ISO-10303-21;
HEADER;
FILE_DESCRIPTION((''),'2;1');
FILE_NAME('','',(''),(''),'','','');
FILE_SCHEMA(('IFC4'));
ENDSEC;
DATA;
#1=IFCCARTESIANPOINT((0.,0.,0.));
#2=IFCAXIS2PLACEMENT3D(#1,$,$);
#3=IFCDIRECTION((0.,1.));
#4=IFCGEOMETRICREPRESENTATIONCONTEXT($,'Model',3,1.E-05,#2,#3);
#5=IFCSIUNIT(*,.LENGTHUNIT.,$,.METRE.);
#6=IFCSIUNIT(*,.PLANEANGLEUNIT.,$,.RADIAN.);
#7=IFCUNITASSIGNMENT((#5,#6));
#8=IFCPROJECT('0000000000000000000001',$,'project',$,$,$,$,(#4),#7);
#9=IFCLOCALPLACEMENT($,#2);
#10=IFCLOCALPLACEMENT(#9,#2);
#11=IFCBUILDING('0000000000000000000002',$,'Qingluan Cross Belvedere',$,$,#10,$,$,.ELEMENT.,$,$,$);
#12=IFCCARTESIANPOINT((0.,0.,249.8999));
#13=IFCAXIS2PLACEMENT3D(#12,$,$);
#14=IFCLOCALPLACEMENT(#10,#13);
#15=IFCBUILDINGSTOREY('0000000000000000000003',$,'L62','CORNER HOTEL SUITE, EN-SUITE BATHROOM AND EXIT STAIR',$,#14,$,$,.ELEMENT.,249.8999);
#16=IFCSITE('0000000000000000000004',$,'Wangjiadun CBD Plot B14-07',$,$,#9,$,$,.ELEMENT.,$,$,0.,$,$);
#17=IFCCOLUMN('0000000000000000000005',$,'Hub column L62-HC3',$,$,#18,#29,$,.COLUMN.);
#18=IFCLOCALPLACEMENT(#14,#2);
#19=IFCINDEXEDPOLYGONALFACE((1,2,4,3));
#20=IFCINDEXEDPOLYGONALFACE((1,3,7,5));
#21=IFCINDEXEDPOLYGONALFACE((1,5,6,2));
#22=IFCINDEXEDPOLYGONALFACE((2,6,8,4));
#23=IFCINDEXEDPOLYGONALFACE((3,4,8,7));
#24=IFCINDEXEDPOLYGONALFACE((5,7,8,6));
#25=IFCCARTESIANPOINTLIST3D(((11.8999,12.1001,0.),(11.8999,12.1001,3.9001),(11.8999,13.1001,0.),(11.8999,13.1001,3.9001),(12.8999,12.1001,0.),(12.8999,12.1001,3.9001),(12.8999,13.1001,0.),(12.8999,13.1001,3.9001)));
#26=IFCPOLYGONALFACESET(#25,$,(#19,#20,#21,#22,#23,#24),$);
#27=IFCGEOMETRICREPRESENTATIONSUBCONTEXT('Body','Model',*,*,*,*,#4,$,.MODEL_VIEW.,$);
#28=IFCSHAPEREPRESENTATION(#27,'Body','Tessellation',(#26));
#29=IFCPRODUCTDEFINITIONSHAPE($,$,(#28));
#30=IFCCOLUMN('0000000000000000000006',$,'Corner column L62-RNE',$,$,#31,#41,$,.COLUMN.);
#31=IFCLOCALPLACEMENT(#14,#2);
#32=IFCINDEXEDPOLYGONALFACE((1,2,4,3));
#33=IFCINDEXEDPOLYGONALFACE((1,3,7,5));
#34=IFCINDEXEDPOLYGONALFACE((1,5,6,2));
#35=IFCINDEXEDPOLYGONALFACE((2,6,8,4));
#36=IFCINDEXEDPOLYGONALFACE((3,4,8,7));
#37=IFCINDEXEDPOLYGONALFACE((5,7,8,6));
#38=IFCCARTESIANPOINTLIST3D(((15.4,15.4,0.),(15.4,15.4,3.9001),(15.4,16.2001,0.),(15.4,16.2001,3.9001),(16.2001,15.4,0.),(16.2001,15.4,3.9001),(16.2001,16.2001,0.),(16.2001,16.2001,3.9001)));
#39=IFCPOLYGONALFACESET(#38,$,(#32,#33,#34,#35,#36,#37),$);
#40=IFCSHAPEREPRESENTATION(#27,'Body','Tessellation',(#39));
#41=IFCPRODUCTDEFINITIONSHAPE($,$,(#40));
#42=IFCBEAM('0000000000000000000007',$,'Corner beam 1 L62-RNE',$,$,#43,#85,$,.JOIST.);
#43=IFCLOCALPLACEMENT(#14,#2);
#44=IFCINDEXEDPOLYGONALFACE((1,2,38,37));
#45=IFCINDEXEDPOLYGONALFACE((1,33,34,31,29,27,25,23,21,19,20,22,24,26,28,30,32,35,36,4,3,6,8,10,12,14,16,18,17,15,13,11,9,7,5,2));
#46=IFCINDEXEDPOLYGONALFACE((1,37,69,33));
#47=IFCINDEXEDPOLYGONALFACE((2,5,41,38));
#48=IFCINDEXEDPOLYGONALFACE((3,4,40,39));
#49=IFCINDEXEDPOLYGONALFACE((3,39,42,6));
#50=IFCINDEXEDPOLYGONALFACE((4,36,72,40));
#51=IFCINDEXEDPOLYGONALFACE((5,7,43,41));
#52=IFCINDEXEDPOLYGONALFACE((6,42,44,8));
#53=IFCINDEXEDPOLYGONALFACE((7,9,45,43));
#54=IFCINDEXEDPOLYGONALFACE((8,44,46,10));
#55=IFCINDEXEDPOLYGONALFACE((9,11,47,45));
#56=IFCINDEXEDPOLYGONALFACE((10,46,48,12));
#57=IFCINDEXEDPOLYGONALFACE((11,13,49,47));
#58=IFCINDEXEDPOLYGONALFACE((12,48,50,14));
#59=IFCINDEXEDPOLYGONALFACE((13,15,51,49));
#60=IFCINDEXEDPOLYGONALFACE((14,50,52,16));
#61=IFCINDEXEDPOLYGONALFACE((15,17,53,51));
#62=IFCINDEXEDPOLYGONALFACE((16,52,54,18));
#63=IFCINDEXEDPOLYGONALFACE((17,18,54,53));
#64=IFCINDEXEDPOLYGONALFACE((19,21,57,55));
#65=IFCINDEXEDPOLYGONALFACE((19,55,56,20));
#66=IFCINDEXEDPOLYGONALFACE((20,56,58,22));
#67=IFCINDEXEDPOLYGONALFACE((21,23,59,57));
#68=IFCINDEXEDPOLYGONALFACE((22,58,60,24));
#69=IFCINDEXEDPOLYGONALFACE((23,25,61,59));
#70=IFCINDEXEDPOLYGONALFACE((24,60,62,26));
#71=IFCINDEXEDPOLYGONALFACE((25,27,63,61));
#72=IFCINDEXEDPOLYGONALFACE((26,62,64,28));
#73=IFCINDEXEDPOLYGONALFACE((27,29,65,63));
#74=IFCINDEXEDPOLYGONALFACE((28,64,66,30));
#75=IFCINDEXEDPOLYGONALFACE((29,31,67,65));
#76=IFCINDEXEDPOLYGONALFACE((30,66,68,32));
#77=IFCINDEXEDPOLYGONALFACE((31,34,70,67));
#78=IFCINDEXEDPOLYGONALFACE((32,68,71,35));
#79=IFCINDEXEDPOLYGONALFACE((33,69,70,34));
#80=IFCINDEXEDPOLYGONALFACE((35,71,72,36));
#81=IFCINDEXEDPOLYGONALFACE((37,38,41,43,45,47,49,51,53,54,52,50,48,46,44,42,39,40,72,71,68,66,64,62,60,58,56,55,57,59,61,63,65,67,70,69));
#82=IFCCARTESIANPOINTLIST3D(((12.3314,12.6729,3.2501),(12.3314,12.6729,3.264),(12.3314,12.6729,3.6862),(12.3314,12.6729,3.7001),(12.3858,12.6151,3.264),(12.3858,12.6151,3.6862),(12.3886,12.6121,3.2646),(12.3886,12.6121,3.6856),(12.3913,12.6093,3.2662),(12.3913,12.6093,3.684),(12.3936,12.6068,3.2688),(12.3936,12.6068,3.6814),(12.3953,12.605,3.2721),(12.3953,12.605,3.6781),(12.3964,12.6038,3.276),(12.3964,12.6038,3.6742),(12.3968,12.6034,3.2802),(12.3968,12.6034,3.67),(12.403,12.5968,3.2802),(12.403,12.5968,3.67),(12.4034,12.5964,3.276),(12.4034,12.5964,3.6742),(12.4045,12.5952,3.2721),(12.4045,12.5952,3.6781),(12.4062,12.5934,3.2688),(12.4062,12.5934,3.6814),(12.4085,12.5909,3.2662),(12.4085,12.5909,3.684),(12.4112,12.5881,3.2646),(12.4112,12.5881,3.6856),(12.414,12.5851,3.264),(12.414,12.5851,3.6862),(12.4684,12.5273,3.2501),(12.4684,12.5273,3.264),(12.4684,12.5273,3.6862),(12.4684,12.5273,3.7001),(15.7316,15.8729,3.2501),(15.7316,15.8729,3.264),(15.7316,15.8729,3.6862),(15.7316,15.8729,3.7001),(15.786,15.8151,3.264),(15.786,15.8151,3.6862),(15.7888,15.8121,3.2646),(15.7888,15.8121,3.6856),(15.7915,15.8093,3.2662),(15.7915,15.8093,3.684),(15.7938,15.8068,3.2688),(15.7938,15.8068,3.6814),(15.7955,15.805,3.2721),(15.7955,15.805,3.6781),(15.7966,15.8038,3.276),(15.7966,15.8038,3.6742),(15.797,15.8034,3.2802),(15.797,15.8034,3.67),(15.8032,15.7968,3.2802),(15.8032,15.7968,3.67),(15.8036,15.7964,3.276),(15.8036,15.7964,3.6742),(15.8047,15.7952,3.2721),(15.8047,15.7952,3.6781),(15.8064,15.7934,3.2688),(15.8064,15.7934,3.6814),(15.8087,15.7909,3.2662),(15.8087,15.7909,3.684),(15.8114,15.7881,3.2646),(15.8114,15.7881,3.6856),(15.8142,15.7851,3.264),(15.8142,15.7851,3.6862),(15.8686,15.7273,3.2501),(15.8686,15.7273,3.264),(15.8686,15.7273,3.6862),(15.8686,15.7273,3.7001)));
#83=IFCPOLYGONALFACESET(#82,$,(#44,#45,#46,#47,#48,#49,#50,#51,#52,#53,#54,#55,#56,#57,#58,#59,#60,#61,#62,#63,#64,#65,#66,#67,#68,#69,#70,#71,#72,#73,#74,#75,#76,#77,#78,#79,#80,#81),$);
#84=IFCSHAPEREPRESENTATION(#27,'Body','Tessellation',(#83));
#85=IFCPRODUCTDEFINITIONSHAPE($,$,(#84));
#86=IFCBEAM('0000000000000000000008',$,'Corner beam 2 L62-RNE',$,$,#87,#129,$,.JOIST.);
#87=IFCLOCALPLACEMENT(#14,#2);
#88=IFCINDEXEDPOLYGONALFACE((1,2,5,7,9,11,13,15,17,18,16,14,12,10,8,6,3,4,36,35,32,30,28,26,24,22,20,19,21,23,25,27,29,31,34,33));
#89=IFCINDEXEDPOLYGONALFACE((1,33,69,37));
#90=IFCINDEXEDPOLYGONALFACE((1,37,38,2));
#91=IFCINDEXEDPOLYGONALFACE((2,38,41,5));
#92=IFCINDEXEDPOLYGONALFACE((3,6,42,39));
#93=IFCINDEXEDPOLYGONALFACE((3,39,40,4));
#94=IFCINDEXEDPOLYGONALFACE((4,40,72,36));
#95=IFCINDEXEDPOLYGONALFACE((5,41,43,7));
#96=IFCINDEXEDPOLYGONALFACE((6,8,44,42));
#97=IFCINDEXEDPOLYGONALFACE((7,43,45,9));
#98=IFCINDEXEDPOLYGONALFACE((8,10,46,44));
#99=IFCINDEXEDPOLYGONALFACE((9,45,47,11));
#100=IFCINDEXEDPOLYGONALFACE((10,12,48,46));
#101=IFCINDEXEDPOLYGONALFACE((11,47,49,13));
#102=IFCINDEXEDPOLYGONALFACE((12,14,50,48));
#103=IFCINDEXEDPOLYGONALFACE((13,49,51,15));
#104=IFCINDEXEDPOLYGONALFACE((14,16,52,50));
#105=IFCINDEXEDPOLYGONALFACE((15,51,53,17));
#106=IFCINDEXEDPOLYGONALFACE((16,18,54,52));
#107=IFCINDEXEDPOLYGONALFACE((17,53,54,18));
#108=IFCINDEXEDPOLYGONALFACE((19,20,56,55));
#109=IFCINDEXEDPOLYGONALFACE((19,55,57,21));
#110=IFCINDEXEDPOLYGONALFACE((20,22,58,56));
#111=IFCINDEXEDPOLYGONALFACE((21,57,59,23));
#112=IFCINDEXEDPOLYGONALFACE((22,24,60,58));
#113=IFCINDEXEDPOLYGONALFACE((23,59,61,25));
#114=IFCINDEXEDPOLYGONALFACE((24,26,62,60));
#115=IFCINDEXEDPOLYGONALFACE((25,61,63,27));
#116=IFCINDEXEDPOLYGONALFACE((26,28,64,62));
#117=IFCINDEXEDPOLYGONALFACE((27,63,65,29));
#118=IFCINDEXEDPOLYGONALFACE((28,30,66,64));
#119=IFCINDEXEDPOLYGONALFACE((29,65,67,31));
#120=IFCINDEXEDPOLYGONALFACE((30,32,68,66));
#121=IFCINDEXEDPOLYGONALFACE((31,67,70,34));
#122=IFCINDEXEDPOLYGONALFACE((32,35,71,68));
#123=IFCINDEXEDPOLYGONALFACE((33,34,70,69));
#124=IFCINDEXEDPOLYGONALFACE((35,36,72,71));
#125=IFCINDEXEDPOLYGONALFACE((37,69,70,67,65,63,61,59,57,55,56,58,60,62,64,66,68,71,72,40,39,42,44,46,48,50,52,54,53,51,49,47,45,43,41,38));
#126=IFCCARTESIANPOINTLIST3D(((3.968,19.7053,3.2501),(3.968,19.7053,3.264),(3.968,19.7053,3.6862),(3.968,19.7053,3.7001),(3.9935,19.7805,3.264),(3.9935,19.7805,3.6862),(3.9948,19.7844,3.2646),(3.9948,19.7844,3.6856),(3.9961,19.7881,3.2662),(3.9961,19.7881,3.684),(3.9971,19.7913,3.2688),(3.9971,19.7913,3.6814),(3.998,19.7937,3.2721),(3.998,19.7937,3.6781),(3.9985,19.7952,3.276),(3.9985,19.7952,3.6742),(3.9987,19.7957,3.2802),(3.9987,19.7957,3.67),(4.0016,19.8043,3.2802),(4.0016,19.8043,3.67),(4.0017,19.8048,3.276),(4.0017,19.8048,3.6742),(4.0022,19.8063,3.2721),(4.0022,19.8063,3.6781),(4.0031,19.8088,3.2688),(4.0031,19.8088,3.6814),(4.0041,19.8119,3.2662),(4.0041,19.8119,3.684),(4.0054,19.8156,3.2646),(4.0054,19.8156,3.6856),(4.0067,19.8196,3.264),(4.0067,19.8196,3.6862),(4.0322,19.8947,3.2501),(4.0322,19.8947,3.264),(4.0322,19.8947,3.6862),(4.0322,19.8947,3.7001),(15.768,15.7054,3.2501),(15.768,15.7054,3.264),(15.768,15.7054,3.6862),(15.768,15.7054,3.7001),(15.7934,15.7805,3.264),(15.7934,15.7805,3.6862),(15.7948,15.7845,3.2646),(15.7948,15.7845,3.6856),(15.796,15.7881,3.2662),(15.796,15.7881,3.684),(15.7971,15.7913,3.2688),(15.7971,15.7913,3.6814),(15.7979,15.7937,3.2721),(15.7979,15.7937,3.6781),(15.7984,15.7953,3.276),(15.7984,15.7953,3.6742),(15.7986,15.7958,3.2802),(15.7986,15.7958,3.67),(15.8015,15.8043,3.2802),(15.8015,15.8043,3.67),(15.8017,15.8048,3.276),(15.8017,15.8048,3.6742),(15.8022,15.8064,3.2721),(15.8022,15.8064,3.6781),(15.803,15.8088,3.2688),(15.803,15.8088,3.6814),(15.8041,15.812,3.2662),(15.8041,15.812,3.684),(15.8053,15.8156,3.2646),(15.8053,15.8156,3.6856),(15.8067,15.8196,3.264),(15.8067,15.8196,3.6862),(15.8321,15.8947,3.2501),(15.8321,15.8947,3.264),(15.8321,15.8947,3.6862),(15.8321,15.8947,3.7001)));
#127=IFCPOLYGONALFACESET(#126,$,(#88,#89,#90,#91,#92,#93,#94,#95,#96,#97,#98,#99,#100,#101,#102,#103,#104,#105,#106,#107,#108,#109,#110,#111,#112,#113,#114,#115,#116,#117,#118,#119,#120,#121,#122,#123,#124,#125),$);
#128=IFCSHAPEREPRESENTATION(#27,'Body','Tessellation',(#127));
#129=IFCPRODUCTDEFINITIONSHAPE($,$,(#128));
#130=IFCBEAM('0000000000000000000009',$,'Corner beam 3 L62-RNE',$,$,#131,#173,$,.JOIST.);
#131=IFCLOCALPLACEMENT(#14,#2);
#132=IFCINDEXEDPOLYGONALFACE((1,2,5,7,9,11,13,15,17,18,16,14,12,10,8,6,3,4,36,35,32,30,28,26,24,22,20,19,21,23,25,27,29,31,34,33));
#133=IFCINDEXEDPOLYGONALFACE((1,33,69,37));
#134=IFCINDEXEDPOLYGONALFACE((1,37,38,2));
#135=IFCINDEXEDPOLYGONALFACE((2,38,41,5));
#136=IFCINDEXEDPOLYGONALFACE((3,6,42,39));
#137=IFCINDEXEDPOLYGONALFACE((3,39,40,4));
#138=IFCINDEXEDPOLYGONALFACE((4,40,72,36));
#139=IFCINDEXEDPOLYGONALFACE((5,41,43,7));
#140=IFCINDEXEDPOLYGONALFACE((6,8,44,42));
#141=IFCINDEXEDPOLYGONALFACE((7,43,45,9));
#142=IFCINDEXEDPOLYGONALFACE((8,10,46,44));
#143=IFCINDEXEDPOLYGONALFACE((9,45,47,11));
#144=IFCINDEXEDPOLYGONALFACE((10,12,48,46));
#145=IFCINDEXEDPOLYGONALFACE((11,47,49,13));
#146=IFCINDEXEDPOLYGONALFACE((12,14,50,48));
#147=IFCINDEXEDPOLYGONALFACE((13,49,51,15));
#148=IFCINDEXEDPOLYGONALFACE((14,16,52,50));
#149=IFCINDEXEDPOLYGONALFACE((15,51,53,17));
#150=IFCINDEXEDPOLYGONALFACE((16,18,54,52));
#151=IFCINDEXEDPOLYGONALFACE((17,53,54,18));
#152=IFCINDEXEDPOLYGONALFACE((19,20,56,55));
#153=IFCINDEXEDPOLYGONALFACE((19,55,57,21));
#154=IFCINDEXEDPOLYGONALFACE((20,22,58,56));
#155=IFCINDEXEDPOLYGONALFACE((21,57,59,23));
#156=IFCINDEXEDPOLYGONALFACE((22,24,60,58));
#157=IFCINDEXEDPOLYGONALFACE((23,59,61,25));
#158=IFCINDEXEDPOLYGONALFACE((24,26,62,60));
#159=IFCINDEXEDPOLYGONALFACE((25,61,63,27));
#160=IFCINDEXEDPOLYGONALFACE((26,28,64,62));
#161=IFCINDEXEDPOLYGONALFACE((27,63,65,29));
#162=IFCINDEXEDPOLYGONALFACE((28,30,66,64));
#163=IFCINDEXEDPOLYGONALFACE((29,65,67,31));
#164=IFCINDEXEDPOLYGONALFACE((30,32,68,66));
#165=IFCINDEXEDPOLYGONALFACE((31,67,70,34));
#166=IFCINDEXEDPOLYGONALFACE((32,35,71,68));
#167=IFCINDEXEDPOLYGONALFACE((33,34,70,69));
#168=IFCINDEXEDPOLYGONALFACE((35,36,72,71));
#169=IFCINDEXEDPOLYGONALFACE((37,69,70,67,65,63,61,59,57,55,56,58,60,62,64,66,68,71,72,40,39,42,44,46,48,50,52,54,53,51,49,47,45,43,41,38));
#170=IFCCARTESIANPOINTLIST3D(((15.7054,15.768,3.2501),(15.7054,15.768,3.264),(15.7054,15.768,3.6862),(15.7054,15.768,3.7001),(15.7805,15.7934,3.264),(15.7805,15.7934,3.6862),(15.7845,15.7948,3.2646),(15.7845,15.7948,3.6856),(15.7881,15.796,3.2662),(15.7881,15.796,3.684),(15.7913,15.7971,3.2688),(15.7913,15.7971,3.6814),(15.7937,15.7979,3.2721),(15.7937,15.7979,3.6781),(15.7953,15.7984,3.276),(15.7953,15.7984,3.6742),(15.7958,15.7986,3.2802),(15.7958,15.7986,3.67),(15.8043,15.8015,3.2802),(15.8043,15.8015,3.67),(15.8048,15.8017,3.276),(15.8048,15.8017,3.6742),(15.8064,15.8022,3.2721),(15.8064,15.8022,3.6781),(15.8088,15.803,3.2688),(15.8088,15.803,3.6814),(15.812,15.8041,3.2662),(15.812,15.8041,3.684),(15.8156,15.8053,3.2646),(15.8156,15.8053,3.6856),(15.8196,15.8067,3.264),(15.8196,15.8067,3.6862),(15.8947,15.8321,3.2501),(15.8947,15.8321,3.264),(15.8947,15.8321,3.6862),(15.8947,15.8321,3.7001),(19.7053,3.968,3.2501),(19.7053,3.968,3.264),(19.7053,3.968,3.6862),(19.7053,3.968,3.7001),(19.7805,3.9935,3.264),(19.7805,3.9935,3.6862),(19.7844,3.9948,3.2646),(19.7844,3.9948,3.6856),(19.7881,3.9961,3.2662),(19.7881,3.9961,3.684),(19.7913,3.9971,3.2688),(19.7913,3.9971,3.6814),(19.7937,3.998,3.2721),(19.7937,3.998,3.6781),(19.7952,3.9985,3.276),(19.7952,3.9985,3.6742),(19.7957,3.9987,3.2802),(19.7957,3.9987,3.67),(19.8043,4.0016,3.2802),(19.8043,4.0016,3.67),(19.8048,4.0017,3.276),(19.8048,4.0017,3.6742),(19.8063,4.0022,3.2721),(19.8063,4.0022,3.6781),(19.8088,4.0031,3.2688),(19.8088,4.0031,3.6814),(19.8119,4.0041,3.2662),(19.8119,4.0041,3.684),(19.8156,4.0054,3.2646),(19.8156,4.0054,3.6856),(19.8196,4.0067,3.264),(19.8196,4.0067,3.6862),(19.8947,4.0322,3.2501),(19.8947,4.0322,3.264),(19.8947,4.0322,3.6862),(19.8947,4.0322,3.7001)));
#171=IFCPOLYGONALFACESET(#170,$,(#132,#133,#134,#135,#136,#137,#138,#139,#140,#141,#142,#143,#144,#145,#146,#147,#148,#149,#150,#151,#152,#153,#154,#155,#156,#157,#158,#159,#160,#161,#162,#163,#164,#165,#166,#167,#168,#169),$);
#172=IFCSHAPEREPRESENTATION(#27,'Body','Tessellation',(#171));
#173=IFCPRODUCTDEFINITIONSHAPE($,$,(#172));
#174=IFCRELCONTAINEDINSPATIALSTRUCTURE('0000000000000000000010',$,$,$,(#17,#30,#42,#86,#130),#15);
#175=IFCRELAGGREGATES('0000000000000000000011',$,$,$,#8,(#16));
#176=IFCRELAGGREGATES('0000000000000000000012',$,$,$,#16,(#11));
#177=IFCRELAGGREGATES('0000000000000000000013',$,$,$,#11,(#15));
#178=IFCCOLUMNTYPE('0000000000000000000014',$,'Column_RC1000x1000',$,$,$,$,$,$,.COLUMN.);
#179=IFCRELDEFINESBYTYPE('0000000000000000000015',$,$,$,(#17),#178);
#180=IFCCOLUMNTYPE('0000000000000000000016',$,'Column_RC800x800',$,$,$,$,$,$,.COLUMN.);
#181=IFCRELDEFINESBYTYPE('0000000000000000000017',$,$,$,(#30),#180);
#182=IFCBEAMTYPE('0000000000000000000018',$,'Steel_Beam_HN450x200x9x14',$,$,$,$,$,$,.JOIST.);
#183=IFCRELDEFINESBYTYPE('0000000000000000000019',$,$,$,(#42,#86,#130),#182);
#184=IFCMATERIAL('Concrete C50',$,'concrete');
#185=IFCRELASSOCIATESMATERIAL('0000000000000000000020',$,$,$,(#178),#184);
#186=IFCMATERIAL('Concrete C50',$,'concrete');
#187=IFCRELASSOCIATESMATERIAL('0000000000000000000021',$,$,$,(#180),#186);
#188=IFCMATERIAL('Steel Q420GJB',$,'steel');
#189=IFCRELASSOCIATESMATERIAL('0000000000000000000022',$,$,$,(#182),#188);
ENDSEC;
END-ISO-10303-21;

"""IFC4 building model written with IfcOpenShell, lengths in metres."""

from ifc_helpers import new_model, si_unit, direction, frame, origin, origin_2d, place, context, subcontext, project, spatial, rectangle, i_section, extrude, material, material_profile, profile_set, type_object, element, save


model = new_model("IFC4")

# Units and contexts
model_context = context("Model", 3, precision=1e-05, world=origin(), true_north=direction((0.0, 1.0)))
body_context = subcontext(model_context, "Body", "Model", "MODEL_VIEW")
ifc_project = project(units=[si_unit("LENGTHUNIT", "METRE"), si_unit("PLANEANGLEUNIT", "RADIAN")], contexts=[model_context])

# Site, building, storey
site_placement = place(None, origin())
site = spatial("IfcSite", under=ifc_project, at=site_placement, Name="Wangjiadun CBD Plot B14-07", CompositionType="ELEMENT", RefElevation=0.0)
building_placement = place(site_placement, origin())
building = spatial("IfcBuilding", under=site, at=building_placement, Name="Qingluan Cross Belvedere", CompositionType="ELEMENT")
storey_placement = place(building_placement, frame((0.0, 0.0, 249.8999)))
storey = spatial("IfcBuildingStorey", under=building, at=storey_placement, Name="L62", Description="CORNER HOTEL SUITE, EN-SUITE BATHROOM AND EXIT STAIR", CompositionType="ELEMENT", Elevation=249.8999)

# Columns
ifc_material_1 = material(Name="Concrete C50", Category="concrete")
ifc_material_profile_1 = material_profile(ifc_material_1, rectangle(XDim=1.0, YDim=1.0, at=origin_2d()), Name="RC1000x1000")
ifc_profile_set_1 = profile_set([ifc_material_profile_1], Name="Concrete C50")
column_type_1 = type_object("IfcColumnType", Name="Column_RC1000x1000", PredefinedType="COLUMN", material=ifc_profile_set_1)
column_1_placement = place(storey_placement, frame((12.3999, 12.6001, 0.0), z_axis=(0.0, 0.0, 1.0), x_axis=(1.0, 0.0, 0.0)))
element("IfcColumn", 1, at=column_1_placement, inside=storey, type_object=column_type_1, Name="Hub column L62-HC3", PredefinedType="COLUMN", context=body_context, shape_type="SweptSolid", body=[
    extrude(rectangle(XDim=1.0, YDim=1.0, at=origin_2d()), origin(), (0.0, 0.0, 1.0), 3.9001),
])
ifc_material_2 = material(Name="Concrete C50", Category="concrete")
ifc_material_profile_2 = material_profile(ifc_material_2, rectangle(XDim=0.8, YDim=0.8, at=origin_2d()), Name="RC800x800")
ifc_profile_set_2 = profile_set([ifc_material_profile_2], Name="Concrete C50")
column_type_2 = type_object("IfcColumnType", Name="Column_RC800x800", PredefinedType="COLUMN", material=ifc_profile_set_2)
column_2_placement = place(storey_placement, frame((15.8, 15.8, 0.0), z_axis=(0.0, 0.0, 1.0), x_axis=(1.0, 0.0, 0.0)))
element("IfcColumn", 2, at=column_2_placement, inside=storey, type_object=column_type_2, Name="Corner column L62-RNE", PredefinedType="COLUMN", context=body_context, shape_type="SweptSolid", body=[
    extrude(rectangle(XDim=0.8, YDim=0.8, at=origin_2d()), origin(), (0.0, 0.0, 1.0), 3.9001),
])

# Beams
ifc_material_3 = material(Name="Steel Q420GJB", Category="steel")
ifc_material_profile_3 = material_profile(ifc_material_3, i_section(OverallWidth=0.2, OverallDepth=0.45, WebThickness=0.009, FlangeThickness=0.0139, FilletRadius=0.0161, at=origin_2d()), Name="HN450x200x9x14")
ifc_profile_set_3 = profile_set([ifc_material_profile_3], Name="Steel Q420GJB")
beam_type = type_object("IfcBeamType", Name="Steel_Beam_HN450x200x9x14", PredefinedType="JOIST", material=ifc_profile_set_3)
beam_1_placement = place(storey_placement, frame((12.3999, 12.6001, 3.4751), z_axis=(0.72822, 0.685343, 0.0), x_axis=(-0.685343, 0.72822, 0.0)))
element("IfcBeam", 3, at=beam_1_placement, inside=storey, type_object=beam_type, Name="Corner beam 1 L62-RNE", PredefinedType="JOIST", context=body_context, shape_type="SweptSolid", body=[
    extrude(i_section(OverallWidth=0.2, OverallDepth=0.45, WebThickness=0.009, FlangeThickness=0.0139, FilletRadius=0.0161, at=origin_2d()), origin(), (0.0, 0.0, 1.0), 4.6692),
])
for number, where, z_axis, x_axis, name in (
    (4, (15.8, 15.8, 3.4751), (-0.947066, 0.321038, 0.0), (-0.321038, -0.947066, 0.0), "Corner beam 2 L62-RNE"),
    (5, (15.8, 15.8, 3.4751), (0.321038, -0.947066, 0.0), (0.947066, 0.321038, 0.0), "Corner beam 3 L62-RNE"),
):
    element("IfcBeam", number, at=place(storey_placement, frame(where, z_axis=z_axis, x_axis=x_axis)), inside=storey, type_object=beam_type, Name=name, PredefinedType="JOIST", context=body_context, shape_type="SweptSolid", body=[
        extrude(i_section(OverallWidth=0.2, OverallDepth=0.45, WebThickness=0.009, FlangeThickness=0.0139, FilletRadius=0.0161, at=origin_2d()), origin(), (0.0, 0.0, 1.0), 12.4595),
    ])

save(model, "model.ifc")
